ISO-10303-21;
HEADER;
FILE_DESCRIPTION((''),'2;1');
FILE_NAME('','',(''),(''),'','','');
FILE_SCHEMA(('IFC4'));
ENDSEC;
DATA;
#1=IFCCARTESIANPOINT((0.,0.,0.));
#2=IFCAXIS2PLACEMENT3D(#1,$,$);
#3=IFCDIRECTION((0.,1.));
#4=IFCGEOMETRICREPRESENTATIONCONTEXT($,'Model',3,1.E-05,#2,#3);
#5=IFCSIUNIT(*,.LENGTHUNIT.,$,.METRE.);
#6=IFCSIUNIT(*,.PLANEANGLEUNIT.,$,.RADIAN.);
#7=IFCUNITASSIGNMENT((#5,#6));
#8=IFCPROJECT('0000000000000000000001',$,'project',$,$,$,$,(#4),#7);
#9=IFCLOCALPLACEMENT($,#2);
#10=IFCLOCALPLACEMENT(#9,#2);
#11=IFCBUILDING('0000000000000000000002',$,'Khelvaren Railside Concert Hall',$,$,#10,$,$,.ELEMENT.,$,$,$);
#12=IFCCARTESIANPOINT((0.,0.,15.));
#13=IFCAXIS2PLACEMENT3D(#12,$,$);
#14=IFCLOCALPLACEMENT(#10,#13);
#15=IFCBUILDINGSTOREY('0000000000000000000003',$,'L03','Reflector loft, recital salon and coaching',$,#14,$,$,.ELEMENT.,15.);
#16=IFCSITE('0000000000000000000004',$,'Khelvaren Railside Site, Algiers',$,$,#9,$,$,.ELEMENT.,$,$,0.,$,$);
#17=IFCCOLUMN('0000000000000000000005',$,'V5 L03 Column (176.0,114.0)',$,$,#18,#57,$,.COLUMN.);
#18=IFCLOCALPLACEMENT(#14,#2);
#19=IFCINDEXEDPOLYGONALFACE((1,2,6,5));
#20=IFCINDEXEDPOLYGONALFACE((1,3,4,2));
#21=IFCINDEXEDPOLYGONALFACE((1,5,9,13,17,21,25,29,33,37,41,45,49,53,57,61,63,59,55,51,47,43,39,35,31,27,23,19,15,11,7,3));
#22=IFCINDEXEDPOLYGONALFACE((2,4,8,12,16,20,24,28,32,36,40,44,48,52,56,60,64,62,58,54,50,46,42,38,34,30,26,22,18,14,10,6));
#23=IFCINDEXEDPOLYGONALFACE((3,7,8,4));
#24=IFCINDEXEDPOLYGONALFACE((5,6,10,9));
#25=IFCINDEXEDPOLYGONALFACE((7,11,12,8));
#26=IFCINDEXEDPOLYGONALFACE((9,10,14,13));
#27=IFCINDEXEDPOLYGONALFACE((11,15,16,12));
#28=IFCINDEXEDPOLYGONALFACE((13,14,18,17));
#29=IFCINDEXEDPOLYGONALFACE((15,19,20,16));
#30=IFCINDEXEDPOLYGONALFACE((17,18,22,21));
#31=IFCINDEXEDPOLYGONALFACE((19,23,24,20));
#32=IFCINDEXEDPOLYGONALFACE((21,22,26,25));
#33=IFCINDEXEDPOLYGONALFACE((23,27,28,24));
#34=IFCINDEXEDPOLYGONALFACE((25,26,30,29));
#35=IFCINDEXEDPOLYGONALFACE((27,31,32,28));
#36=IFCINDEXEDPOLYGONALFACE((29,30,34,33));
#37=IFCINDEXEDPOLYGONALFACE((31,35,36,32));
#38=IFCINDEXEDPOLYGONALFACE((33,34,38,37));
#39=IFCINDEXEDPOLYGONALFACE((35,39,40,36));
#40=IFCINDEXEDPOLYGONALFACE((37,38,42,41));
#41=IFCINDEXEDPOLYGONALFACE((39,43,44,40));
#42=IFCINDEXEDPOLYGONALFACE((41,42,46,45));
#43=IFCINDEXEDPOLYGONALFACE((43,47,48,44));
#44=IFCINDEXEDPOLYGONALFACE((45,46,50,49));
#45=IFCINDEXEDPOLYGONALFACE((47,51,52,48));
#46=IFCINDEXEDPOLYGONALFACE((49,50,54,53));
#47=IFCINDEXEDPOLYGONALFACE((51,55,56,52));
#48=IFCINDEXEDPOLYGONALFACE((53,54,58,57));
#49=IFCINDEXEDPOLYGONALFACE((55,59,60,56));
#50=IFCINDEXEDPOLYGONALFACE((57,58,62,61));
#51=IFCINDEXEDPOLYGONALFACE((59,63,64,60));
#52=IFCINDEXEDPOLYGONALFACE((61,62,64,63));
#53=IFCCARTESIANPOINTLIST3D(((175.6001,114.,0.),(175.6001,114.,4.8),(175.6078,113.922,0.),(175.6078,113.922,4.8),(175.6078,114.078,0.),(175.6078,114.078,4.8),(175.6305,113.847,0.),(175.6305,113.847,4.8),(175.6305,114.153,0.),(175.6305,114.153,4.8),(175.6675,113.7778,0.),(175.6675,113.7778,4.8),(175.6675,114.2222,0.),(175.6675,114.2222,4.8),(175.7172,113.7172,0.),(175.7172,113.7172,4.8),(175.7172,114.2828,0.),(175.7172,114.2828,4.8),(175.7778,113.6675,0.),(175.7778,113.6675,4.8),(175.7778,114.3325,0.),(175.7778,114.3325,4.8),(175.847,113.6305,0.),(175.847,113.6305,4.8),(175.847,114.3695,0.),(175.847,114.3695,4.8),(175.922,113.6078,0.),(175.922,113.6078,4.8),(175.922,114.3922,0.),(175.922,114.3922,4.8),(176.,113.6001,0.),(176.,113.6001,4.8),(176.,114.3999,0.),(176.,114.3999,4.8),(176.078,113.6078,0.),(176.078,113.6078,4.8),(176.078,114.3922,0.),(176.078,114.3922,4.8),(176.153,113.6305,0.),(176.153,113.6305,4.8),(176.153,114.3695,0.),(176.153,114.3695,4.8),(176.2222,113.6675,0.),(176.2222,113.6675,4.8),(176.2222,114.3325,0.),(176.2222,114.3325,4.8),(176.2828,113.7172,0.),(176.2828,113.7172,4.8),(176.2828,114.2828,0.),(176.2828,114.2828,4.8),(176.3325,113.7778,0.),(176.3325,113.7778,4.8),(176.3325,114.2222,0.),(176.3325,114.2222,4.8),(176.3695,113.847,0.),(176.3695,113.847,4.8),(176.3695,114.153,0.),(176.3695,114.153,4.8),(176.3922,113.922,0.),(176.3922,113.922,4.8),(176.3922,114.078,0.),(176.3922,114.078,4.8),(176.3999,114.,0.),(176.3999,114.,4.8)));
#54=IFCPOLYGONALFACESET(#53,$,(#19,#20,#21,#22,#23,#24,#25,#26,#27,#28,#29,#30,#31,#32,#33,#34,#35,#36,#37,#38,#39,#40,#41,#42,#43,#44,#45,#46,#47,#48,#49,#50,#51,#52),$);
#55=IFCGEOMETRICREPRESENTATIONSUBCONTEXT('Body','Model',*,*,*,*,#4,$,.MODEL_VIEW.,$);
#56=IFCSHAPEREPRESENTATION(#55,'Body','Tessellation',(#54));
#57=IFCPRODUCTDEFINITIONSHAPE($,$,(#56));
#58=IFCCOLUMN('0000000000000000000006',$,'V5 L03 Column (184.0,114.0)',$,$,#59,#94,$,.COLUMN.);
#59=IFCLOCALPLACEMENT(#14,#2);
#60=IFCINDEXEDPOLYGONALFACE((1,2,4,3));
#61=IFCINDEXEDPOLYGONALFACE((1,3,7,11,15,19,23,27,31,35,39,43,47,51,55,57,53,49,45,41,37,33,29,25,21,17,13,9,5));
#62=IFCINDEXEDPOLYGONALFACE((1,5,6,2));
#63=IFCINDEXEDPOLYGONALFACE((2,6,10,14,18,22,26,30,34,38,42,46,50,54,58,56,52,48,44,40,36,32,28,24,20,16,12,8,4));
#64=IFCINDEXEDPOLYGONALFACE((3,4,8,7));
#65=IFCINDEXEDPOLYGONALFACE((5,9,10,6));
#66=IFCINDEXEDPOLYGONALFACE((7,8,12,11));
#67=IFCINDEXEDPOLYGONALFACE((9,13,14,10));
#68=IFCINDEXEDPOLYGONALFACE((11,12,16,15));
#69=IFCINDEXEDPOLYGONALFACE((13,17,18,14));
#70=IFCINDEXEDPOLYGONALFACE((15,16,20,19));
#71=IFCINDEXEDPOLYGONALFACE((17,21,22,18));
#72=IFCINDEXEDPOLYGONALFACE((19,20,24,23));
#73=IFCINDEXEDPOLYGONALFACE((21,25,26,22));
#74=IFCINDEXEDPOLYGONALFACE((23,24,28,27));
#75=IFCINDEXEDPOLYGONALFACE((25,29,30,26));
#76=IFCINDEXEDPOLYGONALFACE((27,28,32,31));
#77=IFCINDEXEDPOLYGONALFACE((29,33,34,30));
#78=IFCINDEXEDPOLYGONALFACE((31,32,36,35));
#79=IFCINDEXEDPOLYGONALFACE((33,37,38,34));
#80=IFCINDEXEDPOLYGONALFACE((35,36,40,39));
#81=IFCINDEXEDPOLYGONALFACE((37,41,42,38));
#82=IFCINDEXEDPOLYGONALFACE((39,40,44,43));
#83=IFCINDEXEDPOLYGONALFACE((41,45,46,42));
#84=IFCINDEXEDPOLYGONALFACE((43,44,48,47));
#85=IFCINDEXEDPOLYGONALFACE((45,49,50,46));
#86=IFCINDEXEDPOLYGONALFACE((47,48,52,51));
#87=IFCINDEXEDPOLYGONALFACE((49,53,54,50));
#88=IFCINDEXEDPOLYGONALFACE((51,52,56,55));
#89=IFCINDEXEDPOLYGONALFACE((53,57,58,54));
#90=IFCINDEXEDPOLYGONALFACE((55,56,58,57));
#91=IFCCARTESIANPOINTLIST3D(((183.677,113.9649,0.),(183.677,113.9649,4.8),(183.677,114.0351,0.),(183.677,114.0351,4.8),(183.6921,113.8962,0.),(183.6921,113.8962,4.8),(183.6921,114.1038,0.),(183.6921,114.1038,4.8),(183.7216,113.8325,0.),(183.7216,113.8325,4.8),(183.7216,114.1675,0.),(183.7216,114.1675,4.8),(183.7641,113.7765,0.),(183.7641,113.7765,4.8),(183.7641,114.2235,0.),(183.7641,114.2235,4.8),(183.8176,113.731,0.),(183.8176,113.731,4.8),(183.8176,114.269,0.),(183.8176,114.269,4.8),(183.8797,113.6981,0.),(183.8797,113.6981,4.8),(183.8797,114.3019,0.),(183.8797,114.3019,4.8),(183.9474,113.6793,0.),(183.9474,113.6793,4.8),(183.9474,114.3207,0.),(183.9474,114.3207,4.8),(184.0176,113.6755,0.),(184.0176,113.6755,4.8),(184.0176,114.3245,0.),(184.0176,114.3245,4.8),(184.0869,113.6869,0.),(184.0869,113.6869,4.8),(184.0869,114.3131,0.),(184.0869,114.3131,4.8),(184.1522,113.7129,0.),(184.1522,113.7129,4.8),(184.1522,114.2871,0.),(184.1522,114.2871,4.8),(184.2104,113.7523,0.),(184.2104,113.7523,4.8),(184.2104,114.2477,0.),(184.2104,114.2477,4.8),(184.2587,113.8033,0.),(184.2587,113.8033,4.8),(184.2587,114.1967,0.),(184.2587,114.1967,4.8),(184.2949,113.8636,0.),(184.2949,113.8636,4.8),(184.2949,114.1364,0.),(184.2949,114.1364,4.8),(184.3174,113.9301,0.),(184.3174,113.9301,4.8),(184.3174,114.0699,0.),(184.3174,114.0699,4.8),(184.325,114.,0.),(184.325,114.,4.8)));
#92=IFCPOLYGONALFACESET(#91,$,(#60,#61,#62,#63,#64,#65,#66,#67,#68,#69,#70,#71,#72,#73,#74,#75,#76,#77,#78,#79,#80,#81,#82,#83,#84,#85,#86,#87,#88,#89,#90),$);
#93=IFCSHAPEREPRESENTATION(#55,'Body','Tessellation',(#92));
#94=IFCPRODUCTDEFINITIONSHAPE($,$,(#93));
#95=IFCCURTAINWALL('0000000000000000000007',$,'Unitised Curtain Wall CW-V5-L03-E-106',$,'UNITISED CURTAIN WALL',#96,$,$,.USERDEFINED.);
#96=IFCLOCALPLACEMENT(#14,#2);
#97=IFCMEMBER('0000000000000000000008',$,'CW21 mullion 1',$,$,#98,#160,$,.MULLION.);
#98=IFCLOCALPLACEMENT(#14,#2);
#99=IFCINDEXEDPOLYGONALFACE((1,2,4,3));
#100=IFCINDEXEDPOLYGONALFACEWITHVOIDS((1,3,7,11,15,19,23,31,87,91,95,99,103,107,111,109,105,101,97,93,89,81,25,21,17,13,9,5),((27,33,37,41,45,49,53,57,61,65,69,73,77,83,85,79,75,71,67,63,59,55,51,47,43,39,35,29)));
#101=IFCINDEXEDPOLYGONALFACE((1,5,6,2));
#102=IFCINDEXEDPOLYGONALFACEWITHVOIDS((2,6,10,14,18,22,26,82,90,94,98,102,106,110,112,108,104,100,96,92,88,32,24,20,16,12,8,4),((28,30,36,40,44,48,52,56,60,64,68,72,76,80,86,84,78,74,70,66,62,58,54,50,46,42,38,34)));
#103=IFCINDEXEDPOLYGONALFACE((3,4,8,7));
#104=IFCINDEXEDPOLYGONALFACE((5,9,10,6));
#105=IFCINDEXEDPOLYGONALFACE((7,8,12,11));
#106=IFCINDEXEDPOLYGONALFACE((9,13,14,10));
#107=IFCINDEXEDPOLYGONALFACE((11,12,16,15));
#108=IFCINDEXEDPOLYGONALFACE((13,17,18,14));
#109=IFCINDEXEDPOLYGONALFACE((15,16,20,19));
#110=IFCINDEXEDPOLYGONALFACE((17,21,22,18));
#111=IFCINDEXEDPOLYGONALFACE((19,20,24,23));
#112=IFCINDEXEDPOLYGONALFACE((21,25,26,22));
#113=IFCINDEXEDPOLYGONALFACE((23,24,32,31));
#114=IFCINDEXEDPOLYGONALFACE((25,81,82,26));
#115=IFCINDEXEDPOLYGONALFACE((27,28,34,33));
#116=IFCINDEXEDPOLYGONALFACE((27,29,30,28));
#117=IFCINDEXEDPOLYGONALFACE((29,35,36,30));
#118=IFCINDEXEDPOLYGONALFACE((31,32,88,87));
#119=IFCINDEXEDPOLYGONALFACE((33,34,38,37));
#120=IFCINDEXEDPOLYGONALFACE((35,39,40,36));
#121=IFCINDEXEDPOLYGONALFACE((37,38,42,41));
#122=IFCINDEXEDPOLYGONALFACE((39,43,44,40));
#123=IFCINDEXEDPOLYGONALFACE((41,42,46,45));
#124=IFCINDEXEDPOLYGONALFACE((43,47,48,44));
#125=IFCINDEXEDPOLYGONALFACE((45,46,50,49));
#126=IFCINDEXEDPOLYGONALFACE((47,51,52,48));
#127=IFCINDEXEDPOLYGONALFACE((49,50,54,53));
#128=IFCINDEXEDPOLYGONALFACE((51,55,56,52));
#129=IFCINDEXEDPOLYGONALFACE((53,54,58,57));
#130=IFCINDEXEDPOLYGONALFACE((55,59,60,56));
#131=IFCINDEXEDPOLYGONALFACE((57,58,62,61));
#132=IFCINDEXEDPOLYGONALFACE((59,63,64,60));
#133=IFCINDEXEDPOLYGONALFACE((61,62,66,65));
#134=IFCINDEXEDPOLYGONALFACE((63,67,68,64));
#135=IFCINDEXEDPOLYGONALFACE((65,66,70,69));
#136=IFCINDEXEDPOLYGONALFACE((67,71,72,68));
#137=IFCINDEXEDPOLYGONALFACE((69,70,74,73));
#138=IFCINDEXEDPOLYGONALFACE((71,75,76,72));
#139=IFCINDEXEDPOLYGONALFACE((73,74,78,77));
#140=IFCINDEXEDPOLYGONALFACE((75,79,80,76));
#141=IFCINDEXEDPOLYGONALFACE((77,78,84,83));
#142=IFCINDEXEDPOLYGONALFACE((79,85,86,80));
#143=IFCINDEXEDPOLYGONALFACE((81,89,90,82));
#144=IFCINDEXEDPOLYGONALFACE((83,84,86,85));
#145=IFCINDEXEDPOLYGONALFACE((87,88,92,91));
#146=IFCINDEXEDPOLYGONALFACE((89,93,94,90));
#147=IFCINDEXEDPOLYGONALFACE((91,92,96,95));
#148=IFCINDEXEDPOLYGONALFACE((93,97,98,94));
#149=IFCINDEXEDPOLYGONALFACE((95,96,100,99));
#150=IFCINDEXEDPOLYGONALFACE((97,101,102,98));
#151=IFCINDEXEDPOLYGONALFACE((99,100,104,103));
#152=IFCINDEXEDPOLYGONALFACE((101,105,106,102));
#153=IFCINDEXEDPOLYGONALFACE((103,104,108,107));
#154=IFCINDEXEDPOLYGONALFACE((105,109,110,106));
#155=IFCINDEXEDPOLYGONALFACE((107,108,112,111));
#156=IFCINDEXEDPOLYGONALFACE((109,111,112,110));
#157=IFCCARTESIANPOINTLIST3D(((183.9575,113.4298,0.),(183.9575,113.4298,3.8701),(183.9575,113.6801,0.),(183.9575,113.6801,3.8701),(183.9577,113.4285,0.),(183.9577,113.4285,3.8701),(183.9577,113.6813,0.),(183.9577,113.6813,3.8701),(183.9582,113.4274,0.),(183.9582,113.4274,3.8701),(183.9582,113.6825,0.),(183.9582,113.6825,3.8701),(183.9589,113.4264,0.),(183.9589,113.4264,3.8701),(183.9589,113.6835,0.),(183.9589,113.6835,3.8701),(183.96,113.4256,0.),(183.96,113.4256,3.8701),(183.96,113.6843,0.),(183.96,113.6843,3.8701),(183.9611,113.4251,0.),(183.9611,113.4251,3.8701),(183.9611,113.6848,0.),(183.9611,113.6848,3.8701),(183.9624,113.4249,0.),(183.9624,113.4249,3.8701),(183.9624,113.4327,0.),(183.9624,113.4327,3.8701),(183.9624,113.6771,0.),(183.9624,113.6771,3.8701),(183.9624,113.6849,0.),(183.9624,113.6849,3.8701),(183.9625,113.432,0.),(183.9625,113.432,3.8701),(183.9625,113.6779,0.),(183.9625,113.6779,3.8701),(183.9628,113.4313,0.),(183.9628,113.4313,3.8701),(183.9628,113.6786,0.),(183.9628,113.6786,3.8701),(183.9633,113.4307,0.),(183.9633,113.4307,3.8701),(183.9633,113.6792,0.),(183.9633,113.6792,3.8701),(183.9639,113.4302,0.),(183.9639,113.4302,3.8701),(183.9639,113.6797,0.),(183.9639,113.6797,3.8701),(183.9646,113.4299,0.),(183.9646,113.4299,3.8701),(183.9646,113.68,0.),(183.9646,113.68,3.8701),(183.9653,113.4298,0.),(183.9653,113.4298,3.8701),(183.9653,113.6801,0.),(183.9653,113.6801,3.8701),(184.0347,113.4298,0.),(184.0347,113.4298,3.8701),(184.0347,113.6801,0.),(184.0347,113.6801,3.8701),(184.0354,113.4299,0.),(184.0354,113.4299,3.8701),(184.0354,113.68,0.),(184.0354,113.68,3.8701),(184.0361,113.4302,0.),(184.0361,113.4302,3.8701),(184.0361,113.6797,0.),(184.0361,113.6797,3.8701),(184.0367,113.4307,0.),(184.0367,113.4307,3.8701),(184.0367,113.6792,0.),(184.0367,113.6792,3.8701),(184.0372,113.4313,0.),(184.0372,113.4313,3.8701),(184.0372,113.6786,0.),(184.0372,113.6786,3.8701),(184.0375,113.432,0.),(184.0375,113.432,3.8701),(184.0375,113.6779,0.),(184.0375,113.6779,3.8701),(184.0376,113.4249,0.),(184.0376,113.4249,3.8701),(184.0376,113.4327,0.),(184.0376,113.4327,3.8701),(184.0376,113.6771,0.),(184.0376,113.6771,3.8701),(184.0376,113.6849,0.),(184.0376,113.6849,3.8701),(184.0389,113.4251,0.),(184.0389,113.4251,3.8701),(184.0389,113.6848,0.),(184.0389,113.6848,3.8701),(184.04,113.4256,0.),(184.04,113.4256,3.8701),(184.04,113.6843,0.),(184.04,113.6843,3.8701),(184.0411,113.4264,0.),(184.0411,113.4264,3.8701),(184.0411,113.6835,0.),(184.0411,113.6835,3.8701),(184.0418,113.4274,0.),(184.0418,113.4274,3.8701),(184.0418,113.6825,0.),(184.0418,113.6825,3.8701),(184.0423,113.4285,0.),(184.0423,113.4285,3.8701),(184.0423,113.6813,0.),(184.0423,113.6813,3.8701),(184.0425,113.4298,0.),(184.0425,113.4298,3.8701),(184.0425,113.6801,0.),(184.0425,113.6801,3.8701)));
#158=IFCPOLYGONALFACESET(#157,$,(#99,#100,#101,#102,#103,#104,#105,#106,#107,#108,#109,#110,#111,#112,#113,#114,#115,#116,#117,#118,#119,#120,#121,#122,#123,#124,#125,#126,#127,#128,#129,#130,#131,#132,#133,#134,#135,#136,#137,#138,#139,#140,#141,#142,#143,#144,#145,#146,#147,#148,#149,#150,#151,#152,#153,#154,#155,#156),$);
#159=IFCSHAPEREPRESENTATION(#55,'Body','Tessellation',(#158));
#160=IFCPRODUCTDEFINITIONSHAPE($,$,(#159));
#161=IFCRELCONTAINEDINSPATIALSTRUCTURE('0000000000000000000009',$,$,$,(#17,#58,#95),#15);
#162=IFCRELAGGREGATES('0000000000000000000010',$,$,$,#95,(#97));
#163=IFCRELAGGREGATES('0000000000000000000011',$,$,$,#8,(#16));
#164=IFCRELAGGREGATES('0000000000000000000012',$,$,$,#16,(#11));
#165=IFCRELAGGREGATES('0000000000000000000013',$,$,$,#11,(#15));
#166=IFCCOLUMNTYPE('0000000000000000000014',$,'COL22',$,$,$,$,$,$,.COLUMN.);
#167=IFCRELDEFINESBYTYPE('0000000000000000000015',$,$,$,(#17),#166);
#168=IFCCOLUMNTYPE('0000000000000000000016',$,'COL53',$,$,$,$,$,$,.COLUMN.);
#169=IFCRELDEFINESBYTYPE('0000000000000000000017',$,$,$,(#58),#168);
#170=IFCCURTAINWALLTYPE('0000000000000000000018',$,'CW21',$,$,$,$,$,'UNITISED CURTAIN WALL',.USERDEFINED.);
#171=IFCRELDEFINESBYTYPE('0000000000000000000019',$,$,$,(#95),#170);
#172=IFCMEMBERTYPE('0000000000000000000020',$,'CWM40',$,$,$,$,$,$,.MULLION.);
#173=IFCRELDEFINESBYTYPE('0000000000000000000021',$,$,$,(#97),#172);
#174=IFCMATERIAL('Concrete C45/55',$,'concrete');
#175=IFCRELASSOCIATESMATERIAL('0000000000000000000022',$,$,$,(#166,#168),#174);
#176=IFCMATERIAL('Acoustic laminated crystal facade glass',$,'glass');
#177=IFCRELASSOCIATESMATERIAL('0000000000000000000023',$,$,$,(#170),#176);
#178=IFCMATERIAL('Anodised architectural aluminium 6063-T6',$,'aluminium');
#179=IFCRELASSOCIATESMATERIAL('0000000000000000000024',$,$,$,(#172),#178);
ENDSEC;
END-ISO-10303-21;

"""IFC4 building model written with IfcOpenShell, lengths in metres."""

from ifc_helpers import new_model, si_unit, direction, frame, origin, origin_2d, place, context, subcontext, project, spatial, hollow_rectangle, circle, extrude, material, material_profile, profile_set, type_object, element, aggregate, save


model = new_model("IFC4")

# Units and contexts
model_context = context("Model", 3, precision=1e-05, world=origin(), true_north=direction((0.0, 1.0)))
body_context = subcontext(model_context, "Body", "Model", "MODEL_VIEW")
ifc_project = project(units=[si_unit("LENGTHUNIT", "METRE"), si_unit("PLANEANGLEUNIT", "RADIAN")], contexts=[model_context])

# Site, building, storey
site_placement = place(None, origin())
site = spatial("IfcSite", under=ifc_project, at=site_placement, Name="Khelvaren Railside Site, Algiers", CompositionType="ELEMENT", RefElevation=0.0)
building_placement = place(site_placement, origin())
building = spatial("IfcBuilding", under=site, at=building_placement, Name="Khelvaren Railside Concert Hall", CompositionType="ELEMENT")
storey_placement = place(building_placement, frame((0.0, 0.0, 15.0)))
storey = spatial("IfcBuildingStorey", under=building, at=storey_placement, Name="L03", Description="Reflector loft, recital salon and coaching", CompositionType="ELEMENT", Elevation=15.0)

# Columns
ifc_material_1 = material(Name="Concrete C45/55", Category="concrete")
ifc_material_profile_1 = material_profile(ifc_material_1, circle(Radius=0.3999, at=origin_2d()), Name="RC D800")
ifc_profile_set_1 = profile_set([ifc_material_profile_1], Name="Concrete C45/55")
column_type_1 = type_object("IfcColumnType", Name="COL22", PredefinedType="COLUMN", material=ifc_profile_set_1)
column_1_placement = place(storey_placement, frame((176.0, 114.0, 0.0), z_axis=(0.0, 0.0, 1.0), x_axis=(1.0, 0.0, 0.0)))
element("IfcColumn", 1, at=column_1_placement, inside=storey, type_object=column_type_1, Name="V5 L03 Column (176.0,114.0)", PredefinedType="COLUMN", context=body_context, shape_type="SweptSolid", body=[
    extrude(circle(Radius=0.3999, at=origin_2d()), origin(), (0.0, 0.0, 1.0), 4.8),
])
ifc_material_profile_2 = material_profile(ifc_material_1, circle(Radius=0.325, at=origin_2d()), Name="RC D650")
ifc_profile_set_2 = profile_set([ifc_material_profile_2], Name="Concrete C45/55")
column_type_2 = type_object("IfcColumnType", Name="COL53", PredefinedType="COLUMN", material=ifc_profile_set_2)
column_2_placement = place(storey_placement, frame((184.0, 114.0, 0.0), z_axis=(0.0, 0.0, 1.0), x_axis=(1.0, 0.0, 0.0)))
element("IfcColumn", 2, at=column_2_placement, inside=storey, type_object=column_type_2, Name="V5 L03 Column (184.0,114.0)", PredefinedType="COLUMN", context=body_context, shape_type="SweptSolid", body=[
    extrude(circle(Radius=0.325, at=origin_2d()), origin(), (0.0, 0.0, 1.0), 4.8),
])

# Curtain wall, member
ifc_material_2 = material(Name="Acoustic laminated crystal facade glass", Category="glass")
curtain_wall_type = type_object("IfcCurtainWallType", Name="CW21", ElementType="UNITISED CURTAIN WALL", PredefinedType="USERDEFINED", material=ifc_material_2)
curtain_wall_placement = place(storey_placement, origin())
curtain_wall = element("IfcCurtainWall", 3, at=curtain_wall_placement, inside=storey, type_object=curtain_wall_type, Name="Unitised Curtain Wall CW-V5-L03-E-106", ObjectType="UNITISED CURTAIN WALL", PredefinedType="USERDEFINED")
ifc_material_3 = material(Name="Anodised architectural aluminium 6063-T6", Category="aluminium")
ifc_material_profile_3 = material_profile(ifc_material_3, hollow_rectangle(XDim=0.085, YDim=0.26, WallThickness=0.0049, InnerFilletRadius=0.0029, OuterFilletRadius=0.0049, at=origin_2d()), Name="CWM 85x260x5")
ifc_profile_set_3 = profile_set([ifc_material_profile_3], Name="Anodised architectural aluminium 6063-T6")
member_type_1 = type_object("IfcMemberType", Name="CWM40", PredefinedType="MULLION", material=ifc_profile_set_3)
member_1_placement = place(storey_placement, frame((184.0, 113.5549, 0.0), z_axis=(0.0, 0.0, 1.0), x_axis=(1.0, 0.0, 0.0)))
member_1 = element("IfcMember", 4, at=member_1_placement, type_object=member_type_1, Name="CW21 mullion 1", PredefinedType="MULLION", context=body_context, shape_type="SweptSolid", body=[
    extrude(hollow_rectangle(XDim=0.085, YDim=0.26, WallThickness=0.0049, InnerFilletRadius=0.0029, OuterFilletRadius=0.0049, at=origin_2d()), origin(), (0.0, 0.0, 1.0), 3.8701),
])

aggregate(curtain_wall, [member_1])

save(model, "model.ifc")
